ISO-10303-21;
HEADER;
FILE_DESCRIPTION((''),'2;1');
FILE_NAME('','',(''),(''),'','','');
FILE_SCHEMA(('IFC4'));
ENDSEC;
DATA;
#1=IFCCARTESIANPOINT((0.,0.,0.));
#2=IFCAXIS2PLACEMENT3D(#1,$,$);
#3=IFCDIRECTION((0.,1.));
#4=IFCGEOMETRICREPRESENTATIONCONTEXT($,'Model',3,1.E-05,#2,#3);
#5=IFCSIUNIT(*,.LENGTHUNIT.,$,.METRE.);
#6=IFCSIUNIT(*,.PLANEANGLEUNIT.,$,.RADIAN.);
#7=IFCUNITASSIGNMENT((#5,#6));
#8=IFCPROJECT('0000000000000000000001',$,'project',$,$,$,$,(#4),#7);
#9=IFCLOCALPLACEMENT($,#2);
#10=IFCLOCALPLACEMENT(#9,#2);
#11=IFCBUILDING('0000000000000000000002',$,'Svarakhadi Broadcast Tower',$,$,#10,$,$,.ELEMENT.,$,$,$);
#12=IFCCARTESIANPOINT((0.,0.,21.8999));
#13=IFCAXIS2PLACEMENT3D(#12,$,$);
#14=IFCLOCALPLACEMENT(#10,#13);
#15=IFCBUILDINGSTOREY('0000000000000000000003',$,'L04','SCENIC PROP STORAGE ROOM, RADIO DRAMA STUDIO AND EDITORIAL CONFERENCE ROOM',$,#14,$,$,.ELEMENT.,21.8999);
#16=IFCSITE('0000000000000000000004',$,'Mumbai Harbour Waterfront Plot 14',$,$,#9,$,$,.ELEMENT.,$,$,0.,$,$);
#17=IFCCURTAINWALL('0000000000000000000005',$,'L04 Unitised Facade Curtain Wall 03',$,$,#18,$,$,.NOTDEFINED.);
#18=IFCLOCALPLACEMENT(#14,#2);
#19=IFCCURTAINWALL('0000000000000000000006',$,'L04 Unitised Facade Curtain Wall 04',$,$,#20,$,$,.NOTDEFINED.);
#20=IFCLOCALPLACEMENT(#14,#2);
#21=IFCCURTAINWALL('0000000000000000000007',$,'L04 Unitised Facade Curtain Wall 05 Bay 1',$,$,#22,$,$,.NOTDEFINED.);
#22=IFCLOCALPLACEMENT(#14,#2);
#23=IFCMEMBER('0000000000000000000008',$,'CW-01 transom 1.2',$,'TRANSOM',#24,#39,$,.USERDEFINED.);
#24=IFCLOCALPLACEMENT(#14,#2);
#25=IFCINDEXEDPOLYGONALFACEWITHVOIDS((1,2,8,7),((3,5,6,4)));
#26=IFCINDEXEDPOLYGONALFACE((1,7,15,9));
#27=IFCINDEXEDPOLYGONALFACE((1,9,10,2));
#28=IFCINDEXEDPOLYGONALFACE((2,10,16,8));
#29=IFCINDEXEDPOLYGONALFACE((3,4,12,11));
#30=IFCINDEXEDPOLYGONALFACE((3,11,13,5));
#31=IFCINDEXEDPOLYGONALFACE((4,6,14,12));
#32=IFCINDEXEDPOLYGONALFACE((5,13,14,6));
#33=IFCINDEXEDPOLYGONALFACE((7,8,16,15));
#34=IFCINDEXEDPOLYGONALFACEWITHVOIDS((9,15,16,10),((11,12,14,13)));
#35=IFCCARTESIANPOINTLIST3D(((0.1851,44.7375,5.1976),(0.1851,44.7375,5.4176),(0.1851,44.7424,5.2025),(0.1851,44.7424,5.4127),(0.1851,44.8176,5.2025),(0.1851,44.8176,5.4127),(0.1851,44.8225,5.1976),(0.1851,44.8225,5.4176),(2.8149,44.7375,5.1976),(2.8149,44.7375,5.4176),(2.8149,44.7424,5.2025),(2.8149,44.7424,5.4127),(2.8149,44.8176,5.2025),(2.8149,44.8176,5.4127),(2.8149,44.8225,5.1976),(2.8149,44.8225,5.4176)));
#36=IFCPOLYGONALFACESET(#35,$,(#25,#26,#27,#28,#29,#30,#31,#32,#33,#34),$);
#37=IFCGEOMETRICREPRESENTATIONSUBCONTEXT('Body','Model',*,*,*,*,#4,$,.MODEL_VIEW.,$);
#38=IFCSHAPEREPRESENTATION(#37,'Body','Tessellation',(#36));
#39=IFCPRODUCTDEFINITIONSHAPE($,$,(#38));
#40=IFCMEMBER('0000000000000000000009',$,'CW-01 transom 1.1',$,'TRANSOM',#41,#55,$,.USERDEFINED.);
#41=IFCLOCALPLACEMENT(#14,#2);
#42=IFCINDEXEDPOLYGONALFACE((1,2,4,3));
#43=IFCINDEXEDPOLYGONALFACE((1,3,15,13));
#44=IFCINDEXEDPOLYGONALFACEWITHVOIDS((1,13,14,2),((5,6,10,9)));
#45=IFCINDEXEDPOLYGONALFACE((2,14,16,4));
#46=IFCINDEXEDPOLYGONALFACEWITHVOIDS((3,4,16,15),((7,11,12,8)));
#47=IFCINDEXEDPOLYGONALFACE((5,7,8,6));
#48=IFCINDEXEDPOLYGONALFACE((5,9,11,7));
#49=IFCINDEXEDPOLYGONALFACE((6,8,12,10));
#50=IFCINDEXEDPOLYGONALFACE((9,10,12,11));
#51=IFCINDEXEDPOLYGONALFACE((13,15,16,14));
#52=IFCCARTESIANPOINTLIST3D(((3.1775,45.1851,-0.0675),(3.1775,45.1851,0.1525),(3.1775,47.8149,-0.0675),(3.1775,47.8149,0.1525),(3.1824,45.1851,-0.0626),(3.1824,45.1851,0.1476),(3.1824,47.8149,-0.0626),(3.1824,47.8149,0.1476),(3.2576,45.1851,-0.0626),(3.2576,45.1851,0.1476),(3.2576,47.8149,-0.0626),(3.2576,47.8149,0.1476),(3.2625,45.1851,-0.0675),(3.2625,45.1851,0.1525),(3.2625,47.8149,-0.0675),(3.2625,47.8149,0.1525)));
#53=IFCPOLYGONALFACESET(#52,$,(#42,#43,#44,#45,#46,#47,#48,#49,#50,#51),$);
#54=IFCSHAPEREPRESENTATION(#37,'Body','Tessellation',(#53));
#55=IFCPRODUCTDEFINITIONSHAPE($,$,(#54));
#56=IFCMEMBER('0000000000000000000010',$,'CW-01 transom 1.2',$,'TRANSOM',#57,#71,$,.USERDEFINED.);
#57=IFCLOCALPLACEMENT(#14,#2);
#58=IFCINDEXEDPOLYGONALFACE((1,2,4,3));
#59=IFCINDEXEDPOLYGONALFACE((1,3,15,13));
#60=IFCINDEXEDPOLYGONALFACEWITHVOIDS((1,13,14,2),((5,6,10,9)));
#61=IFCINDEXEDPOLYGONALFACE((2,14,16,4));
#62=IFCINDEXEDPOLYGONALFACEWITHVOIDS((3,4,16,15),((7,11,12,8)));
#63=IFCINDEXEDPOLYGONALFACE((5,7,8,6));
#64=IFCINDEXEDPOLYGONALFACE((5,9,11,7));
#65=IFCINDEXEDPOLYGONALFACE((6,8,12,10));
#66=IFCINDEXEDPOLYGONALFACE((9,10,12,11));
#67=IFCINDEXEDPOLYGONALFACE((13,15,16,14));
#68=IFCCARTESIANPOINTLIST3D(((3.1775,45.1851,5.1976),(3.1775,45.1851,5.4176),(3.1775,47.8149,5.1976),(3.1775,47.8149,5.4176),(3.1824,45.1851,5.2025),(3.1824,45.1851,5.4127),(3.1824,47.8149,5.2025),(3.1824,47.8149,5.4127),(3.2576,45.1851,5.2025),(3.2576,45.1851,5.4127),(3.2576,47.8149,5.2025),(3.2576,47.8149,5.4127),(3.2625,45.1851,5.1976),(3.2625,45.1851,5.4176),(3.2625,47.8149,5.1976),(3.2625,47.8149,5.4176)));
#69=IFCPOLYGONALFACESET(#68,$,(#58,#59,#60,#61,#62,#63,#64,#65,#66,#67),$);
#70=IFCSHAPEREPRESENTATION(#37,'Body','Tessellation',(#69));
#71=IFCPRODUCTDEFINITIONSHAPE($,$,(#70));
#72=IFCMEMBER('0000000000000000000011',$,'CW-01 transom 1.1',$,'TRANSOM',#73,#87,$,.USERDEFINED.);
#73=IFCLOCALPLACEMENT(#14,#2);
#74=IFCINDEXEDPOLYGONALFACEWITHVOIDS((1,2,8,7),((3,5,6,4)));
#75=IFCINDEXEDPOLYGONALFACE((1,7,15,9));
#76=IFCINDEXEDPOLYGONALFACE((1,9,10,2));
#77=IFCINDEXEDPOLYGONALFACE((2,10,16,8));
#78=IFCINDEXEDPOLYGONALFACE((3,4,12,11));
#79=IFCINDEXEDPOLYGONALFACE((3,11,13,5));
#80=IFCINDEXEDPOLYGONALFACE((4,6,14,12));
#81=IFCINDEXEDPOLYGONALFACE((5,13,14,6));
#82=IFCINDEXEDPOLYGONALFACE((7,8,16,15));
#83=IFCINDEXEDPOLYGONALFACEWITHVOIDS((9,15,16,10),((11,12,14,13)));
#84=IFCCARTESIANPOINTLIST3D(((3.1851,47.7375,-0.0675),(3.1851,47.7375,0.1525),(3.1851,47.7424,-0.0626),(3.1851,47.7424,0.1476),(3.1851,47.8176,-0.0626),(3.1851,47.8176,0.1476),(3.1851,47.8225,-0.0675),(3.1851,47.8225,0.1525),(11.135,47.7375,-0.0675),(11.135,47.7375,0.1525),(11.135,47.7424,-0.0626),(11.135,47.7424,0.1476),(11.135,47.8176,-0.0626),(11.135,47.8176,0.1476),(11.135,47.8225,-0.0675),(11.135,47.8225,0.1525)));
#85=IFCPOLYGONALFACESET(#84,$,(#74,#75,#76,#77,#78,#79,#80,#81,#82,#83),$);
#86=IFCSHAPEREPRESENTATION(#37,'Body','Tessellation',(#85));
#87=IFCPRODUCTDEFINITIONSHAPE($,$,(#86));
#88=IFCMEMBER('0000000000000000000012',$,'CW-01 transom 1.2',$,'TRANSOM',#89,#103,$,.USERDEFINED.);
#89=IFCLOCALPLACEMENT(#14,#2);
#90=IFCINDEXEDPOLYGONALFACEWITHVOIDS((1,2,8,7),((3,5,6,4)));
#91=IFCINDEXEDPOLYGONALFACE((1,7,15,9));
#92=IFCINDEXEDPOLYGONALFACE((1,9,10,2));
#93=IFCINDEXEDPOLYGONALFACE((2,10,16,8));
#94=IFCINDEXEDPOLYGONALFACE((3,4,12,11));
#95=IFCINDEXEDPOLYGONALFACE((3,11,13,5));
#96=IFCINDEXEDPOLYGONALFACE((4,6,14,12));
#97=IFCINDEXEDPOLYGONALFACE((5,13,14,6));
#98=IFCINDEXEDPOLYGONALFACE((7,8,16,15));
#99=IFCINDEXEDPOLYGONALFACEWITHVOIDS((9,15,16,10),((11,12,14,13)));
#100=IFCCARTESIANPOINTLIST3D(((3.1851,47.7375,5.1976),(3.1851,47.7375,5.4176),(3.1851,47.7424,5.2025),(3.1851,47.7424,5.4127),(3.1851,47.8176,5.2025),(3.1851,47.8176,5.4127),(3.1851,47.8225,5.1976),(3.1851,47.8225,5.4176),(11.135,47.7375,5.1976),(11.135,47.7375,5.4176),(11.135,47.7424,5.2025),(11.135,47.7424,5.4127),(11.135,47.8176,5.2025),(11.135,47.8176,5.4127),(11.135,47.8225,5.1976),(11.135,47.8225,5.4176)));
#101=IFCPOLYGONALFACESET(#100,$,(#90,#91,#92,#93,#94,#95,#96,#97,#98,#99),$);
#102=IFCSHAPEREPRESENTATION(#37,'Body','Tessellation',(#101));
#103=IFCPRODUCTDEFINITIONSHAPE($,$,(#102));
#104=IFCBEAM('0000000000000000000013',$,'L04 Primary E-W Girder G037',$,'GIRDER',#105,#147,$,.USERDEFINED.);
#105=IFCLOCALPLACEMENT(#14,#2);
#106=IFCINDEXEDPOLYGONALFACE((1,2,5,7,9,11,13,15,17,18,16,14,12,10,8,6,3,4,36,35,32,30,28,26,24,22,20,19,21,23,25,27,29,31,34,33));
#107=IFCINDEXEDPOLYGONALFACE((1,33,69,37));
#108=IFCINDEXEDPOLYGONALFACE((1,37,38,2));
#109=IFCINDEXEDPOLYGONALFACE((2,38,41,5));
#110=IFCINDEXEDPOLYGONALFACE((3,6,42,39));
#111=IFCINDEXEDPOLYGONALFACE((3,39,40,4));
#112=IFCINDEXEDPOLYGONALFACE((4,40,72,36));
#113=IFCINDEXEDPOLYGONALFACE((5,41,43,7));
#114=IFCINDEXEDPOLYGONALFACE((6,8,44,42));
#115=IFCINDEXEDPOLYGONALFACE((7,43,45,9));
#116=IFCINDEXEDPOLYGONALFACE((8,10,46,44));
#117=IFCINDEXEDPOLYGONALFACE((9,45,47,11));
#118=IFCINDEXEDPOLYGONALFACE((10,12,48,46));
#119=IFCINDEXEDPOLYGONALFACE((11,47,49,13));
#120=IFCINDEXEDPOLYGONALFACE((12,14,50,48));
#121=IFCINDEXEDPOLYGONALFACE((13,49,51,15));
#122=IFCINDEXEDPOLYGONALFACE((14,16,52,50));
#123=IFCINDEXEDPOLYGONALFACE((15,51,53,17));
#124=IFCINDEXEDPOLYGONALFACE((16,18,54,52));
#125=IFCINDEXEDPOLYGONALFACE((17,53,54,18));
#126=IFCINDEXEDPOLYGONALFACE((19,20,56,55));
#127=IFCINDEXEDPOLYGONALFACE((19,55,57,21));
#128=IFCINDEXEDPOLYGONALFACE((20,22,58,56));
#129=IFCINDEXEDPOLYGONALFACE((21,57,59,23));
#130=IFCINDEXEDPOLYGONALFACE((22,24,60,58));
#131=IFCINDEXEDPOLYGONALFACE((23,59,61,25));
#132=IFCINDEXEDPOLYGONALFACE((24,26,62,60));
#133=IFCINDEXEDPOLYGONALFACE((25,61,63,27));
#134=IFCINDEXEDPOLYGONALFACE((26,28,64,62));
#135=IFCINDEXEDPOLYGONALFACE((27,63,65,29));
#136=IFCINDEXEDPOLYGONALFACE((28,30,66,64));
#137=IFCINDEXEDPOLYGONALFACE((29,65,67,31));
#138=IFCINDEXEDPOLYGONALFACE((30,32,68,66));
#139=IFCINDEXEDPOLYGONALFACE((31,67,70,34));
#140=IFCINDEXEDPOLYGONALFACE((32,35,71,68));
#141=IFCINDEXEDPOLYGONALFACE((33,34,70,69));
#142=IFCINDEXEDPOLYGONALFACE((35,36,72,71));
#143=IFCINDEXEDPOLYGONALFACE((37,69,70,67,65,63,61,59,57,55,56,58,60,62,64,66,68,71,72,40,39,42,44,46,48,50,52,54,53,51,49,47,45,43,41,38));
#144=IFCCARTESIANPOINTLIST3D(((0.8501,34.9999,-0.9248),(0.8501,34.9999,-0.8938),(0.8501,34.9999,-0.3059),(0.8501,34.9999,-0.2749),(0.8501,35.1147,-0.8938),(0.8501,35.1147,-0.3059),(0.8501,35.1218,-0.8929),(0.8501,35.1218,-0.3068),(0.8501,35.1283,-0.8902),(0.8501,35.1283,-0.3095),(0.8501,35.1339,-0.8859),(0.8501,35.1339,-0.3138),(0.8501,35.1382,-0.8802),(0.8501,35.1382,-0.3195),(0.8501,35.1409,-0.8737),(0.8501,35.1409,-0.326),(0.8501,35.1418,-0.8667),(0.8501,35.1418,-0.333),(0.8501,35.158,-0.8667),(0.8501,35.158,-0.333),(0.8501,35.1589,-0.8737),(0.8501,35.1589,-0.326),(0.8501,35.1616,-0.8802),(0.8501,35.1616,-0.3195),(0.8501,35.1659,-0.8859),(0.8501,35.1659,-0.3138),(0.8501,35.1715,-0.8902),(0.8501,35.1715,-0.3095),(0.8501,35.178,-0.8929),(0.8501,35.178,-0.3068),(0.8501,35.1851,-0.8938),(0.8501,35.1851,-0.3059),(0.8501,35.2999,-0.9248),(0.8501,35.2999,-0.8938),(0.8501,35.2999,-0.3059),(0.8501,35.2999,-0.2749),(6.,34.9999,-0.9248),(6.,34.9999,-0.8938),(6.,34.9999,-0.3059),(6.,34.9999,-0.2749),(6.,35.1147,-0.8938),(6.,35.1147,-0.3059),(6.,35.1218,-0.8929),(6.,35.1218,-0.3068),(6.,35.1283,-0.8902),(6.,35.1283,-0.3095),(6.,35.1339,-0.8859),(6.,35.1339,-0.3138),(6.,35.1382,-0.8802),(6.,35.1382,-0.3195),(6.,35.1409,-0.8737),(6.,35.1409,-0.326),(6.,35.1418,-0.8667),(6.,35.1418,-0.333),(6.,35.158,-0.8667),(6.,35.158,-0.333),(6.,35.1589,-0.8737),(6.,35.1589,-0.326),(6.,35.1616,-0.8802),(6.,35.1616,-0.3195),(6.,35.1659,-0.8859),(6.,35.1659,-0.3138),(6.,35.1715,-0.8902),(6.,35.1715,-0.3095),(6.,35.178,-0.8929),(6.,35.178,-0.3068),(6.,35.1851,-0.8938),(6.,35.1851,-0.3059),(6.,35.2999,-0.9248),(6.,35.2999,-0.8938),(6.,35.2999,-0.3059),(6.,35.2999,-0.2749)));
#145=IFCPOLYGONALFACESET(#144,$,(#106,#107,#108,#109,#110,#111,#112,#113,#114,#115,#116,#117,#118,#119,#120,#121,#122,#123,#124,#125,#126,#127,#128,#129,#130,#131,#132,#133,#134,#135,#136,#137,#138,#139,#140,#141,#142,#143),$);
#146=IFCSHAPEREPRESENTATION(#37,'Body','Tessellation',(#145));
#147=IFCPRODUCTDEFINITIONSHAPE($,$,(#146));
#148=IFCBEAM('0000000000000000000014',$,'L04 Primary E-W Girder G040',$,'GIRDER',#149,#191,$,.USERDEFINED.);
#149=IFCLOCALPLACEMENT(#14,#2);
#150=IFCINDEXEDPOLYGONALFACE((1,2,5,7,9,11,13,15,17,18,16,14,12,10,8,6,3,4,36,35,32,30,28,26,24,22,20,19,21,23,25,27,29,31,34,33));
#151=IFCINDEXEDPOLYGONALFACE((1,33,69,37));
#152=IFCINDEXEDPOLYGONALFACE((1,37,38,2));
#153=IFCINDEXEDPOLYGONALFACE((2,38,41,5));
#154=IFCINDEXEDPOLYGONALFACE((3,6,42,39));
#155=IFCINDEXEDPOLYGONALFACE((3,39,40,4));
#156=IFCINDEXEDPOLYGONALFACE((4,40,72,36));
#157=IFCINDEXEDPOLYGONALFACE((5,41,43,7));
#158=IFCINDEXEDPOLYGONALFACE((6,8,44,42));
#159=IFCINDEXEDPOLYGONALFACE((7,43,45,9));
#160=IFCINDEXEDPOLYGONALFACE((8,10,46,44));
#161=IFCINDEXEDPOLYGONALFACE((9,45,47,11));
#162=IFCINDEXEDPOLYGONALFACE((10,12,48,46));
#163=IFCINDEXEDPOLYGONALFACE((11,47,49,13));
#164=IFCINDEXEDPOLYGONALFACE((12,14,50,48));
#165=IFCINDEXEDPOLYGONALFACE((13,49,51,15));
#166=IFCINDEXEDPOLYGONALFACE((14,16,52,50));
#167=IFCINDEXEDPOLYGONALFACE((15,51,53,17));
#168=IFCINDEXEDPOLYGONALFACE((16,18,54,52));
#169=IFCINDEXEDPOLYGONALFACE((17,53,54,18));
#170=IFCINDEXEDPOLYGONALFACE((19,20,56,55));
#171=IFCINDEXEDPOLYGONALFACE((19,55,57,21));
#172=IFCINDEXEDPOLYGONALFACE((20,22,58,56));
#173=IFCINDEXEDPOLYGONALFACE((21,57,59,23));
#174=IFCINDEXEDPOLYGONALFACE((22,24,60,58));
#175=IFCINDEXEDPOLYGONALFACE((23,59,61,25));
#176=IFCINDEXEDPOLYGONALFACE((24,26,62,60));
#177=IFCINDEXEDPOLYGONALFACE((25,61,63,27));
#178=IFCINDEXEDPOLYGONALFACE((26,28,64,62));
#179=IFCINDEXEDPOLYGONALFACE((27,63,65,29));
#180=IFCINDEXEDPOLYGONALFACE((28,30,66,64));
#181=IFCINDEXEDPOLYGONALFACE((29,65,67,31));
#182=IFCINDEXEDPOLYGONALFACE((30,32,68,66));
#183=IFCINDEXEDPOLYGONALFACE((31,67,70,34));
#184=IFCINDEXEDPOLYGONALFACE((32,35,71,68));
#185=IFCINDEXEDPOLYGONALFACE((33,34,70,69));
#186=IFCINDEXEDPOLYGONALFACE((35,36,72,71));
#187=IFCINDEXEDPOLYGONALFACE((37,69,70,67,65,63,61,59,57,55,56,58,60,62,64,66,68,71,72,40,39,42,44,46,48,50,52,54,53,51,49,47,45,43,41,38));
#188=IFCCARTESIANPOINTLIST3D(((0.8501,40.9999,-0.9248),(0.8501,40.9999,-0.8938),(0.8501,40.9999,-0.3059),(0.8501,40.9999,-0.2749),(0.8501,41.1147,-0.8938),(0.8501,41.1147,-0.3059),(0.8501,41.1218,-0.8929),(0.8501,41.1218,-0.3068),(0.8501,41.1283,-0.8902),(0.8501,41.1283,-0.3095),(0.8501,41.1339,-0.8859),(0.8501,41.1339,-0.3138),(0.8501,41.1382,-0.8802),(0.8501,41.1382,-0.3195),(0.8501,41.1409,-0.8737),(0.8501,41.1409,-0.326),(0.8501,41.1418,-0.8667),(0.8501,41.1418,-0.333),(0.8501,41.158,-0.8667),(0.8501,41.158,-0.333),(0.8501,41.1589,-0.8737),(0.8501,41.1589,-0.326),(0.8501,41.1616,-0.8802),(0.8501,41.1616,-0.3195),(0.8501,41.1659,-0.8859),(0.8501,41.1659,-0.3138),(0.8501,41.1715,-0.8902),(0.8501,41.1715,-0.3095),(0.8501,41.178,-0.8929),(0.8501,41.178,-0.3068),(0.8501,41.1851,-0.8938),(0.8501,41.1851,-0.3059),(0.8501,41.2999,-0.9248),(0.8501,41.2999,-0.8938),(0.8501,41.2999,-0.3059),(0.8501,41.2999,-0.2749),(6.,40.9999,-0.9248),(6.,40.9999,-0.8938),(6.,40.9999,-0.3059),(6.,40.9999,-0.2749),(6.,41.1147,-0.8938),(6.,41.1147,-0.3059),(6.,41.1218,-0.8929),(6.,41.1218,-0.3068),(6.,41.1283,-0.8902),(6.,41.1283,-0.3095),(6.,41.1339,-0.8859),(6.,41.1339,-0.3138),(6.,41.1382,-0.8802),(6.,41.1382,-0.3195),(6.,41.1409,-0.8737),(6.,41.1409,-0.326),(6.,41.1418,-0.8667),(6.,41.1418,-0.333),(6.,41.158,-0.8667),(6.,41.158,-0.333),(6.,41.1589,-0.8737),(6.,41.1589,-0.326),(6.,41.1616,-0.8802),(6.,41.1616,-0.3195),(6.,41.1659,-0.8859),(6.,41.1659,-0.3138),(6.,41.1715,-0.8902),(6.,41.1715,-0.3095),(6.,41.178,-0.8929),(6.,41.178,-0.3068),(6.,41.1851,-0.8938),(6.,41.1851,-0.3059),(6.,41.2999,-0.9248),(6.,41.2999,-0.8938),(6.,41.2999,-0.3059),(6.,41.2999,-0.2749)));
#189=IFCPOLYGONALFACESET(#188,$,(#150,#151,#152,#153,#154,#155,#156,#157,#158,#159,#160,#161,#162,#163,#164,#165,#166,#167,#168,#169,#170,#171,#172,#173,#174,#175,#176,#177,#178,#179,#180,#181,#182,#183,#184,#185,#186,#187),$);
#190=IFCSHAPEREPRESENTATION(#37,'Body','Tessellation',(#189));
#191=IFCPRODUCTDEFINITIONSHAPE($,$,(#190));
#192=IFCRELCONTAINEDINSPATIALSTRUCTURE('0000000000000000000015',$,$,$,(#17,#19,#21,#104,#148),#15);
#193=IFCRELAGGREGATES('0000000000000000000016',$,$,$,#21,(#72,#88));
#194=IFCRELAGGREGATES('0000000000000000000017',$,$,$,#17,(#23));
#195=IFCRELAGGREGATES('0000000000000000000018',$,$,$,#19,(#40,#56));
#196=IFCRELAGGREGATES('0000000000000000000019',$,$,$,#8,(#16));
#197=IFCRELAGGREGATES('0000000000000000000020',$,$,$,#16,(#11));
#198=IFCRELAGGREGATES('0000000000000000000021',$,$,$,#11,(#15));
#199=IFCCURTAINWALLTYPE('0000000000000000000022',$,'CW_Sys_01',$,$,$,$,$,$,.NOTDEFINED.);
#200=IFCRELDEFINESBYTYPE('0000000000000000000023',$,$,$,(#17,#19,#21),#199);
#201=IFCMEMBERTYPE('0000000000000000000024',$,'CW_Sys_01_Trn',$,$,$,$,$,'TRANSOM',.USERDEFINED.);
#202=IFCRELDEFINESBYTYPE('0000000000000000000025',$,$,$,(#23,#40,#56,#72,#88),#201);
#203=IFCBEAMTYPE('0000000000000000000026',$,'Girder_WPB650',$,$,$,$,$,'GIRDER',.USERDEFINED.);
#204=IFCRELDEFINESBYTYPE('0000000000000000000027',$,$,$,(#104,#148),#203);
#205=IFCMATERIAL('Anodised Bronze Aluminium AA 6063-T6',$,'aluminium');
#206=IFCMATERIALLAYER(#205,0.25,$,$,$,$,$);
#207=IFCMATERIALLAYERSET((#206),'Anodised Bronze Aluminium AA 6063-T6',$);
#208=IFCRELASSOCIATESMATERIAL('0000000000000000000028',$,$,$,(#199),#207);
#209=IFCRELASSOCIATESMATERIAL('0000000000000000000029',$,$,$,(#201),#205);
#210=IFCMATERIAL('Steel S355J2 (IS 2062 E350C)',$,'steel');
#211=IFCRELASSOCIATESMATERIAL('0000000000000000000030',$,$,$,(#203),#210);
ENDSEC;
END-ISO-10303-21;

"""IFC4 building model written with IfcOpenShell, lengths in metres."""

from ifc_helpers import new_model, si_unit, direction, frame, origin, origin_2d, place, context, subcontext, project, spatial, hollow_rectangle, i_section, extrude, material, layer, layer_set, material_profile, profile_set, type_object, element, aggregate, save


model = new_model("IFC4")

# Units and contexts
model_context = context("Model", 3, precision=1e-05, world=origin(), true_north=direction((0.0, 1.0)))
body_context = subcontext(model_context, "Body", "Model", "MODEL_VIEW")
ifc_project = project(units=[si_unit("LENGTHUNIT", "METRE"), si_unit("PLANEANGLEUNIT", "RADIAN")], contexts=[model_context])

# Site, building, storey
site_placement = place(None, origin())
site = spatial("IfcSite", under=ifc_project, at=site_placement, Name="Mumbai Harbour Waterfront Plot 14", CompositionType="ELEMENT", RefElevation=0.0)
building_placement = place(site_placement, origin())
building = spatial("IfcBuilding", under=site, at=building_placement, Name="Svarakhadi Broadcast Tower", CompositionType="ELEMENT")
storey_placement = place(building_placement, frame((0.0, 0.0, 21.8999)))
storey = spatial("IfcBuildingStorey", under=building, at=storey_placement, Name="L04", Description="SCENIC PROP STORAGE ROOM, RADIO DRAMA STUDIO AND EDITORIAL CONFERENCE ROOM", CompositionType="ELEMENT", Elevation=21.8999)

# Shared definitions
ifc_material_1 = material(Name="Steel S355J2 (IS 2062 E350C)", Category="steel")

# Shared definitions
ifc_material_2 = material(Name="Anodised Bronze Aluminium AA 6063-T6", Category="aluminium")
ifc_layer_1 = layer(ifc_material_2, 0.25)
ifc_layer_set_1 = layer_set([ifc_layer_1], Name="Anodised Bronze Aluminium AA 6063-T6")
curtain_wall_type = type_object("IfcCurtainWallType", Name="CW_Sys_01", PredefinedType="NOTDEFINED", material=ifc_layer_set_1)

# Curtain walls
curtain_wall_1_placement = place(storey_placement, origin())
curtain_wall_1 = element("IfcCurtainWall", 1, at=curtain_wall_1_placement, inside=storey, type_object=curtain_wall_type, Name="L04 Unitised Facade Curtain Wall 03", PredefinedType="NOTDEFINED")
curtain_wall_2_placement = place(storey_placement, origin())
curtain_wall_2 = element("IfcCurtainWall", 2, at=curtain_wall_2_placement, inside=storey, type_object=curtain_wall_type, Name="L04 Unitised Facade Curtain Wall 04", PredefinedType="NOTDEFINED")

# Curtain wall
curtain_wall_3_placement = place(storey_placement, origin())
curtain_wall_3 = element("IfcCurtainWall", 3, at=curtain_wall_3_placement, inside=storey, type_object=curtain_wall_type, Name="L04 Unitised Facade Curtain Wall 05 Bay 1", PredefinedType="NOTDEFINED")

# Members
ifc_material_profile_1 = material_profile(ifc_material_2, hollow_rectangle(XDim=0.085, YDim=0.22, WallThickness=0.0049, at=origin_2d()), Name="ALU TRANSOM 220x85x5")
ifc_profile_set_1 = profile_set([ifc_material_profile_1], Name="Anodised Bronze Aluminium AA 6063-T6")
member_type_1 = type_object("IfcMemberType", Name="CW_Sys_01_Trn", ElementType="TRANSOM", PredefinedType="USERDEFINED", material=ifc_profile_set_1)
member_1_placement = place(storey_placement, frame((0.1851, 44.78, 5.3076), z_axis=(1.0, 0.0, 0.0), x_axis=(0.0, 1.0, 0.0)))
member_1 = element("IfcMember", 4, at=member_1_placement, type_object=member_type_1, Name="CW-01 transom 1.2", ObjectType="TRANSOM", PredefinedType="USERDEFINED", context=body_context, shape_type="SweptSolid", body=[
    extrude(hollow_rectangle(XDim=0.085, YDim=0.22, WallThickness=0.0049, at=origin_2d()), origin(), (0.0, 0.0, 1.0), 2.6299),
])
member_2_placement = place(storey_placement, frame((3.22, 45.1851, 0.0425), z_axis=(0.0, 1.0, 0.0), x_axis=(-1.0, 0.0, 0.0)))
member_2 = element("IfcMember", 5, at=member_2_placement, type_object=member_type_1, Name="CW-01 transom 1.1", ObjectType="TRANSOM", PredefinedType="USERDEFINED", context=body_context, shape_type="SweptSolid", body=[
    extrude(hollow_rectangle(XDim=0.085, YDim=0.22, WallThickness=0.0049, at=origin_2d()), origin(), (0.0, 0.0, 1.0), 2.6299),
])
member_3_placement = place(storey_placement, frame((3.22, 45.1851, 5.3076), z_axis=(0.0, 1.0, 0.0), x_axis=(-1.0, 0.0, 0.0)))
member_3 = element("IfcMember", 6, at=member_3_placement, type_object=member_type_1, Name="CW-01 transom 1.2", ObjectType="TRANSOM", PredefinedType="USERDEFINED", context=body_context, shape_type="SweptSolid", body=[
    extrude(hollow_rectangle(XDim=0.085, YDim=0.22, WallThickness=0.0049, at=origin_2d()), origin(), (0.0, 0.0, 1.0), 2.6299),
])
member_4_placement = place(storey_placement, frame((3.1851, 47.78, 0.0425), z_axis=(1.0, 0.0, 0.0), x_axis=(0.0, 1.0, 0.0)))
member_4 = element("IfcMember", 7, at=member_4_placement, type_object=member_type_1, Name="CW-01 transom 1.1", ObjectType="TRANSOM", PredefinedType="USERDEFINED", context=body_context, shape_type="SweptSolid", body=[
    extrude(hollow_rectangle(XDim=0.085, YDim=0.22, WallThickness=0.0049, at=origin_2d()), origin(), (0.0, 0.0, 1.0), 7.95),
])
member_5_placement = place(storey_placement, frame((3.1851, 47.78, 5.3076), z_axis=(1.0, 0.0, 0.0), x_axis=(0.0, 1.0, 0.0)))
member_5 = element("IfcMember", 8, at=member_5_placement, type_object=member_type_1, Name="CW-01 transom 1.2", ObjectType="TRANSOM", PredefinedType="USERDEFINED", context=body_context, shape_type="SweptSolid", body=[
    extrude(hollow_rectangle(XDim=0.085, YDim=0.22, WallThickness=0.0049, at=origin_2d()), origin(), (0.0, 0.0, 1.0), 7.95),
])
aggregate(curtain_wall_3, [member_4, member_5])

# Beams
ifc_material_profile_2 = material_profile(ifc_material_1, i_section(OverallWidth=0.3, OverallDepth=0.6499, WebThickness=0.0161, FlangeThickness=0.031, FilletRadius=0.0271, at=origin_2d()), Name="WPB 650x300x225")
ifc_profile_set_2 = profile_set([ifc_material_profile_2], Name="Steel S355J2 (IS 2062 E350C)")
beam_type_1 = type_object("IfcBeamType", Name="Girder_WPB650", ElementType="GIRDER", PredefinedType="USERDEFINED", material=ifc_profile_set_2)
for number, where, z_axis, x_axis, name in (
    (9, (0.8501, 35.1499, -0.5999), (1.0, 0.0, 0.0), (0.0, 1.0, 0.0), "L04 Primary E-W Girder G037"),
    (10, (0.8501, 41.1499, -0.5999), (1.0, 0.0, 0.0), (0.0, 1.0, 0.0), "L04 Primary E-W Girder G040"),
):
    element("IfcBeam", number, at=place(storey_placement, frame(where, z_axis=z_axis, x_axis=x_axis)), inside=storey, type_object=beam_type_1, Name=name, ObjectType="GIRDER", PredefinedType="USERDEFINED", context=body_context, shape_type="SweptSolid", body=[
        extrude(i_section(OverallWidth=0.3, OverallDepth=0.6499, WebThickness=0.0161, FlangeThickness=0.031, FilletRadius=0.0271, at=origin_2d()), origin(), (0.0, 0.0, 1.0), 5.1499),
    ])

aggregate(curtain_wall_1, [member_1])
aggregate(curtain_wall_2, [member_2, member_3])

save(model, "model.ifc")
